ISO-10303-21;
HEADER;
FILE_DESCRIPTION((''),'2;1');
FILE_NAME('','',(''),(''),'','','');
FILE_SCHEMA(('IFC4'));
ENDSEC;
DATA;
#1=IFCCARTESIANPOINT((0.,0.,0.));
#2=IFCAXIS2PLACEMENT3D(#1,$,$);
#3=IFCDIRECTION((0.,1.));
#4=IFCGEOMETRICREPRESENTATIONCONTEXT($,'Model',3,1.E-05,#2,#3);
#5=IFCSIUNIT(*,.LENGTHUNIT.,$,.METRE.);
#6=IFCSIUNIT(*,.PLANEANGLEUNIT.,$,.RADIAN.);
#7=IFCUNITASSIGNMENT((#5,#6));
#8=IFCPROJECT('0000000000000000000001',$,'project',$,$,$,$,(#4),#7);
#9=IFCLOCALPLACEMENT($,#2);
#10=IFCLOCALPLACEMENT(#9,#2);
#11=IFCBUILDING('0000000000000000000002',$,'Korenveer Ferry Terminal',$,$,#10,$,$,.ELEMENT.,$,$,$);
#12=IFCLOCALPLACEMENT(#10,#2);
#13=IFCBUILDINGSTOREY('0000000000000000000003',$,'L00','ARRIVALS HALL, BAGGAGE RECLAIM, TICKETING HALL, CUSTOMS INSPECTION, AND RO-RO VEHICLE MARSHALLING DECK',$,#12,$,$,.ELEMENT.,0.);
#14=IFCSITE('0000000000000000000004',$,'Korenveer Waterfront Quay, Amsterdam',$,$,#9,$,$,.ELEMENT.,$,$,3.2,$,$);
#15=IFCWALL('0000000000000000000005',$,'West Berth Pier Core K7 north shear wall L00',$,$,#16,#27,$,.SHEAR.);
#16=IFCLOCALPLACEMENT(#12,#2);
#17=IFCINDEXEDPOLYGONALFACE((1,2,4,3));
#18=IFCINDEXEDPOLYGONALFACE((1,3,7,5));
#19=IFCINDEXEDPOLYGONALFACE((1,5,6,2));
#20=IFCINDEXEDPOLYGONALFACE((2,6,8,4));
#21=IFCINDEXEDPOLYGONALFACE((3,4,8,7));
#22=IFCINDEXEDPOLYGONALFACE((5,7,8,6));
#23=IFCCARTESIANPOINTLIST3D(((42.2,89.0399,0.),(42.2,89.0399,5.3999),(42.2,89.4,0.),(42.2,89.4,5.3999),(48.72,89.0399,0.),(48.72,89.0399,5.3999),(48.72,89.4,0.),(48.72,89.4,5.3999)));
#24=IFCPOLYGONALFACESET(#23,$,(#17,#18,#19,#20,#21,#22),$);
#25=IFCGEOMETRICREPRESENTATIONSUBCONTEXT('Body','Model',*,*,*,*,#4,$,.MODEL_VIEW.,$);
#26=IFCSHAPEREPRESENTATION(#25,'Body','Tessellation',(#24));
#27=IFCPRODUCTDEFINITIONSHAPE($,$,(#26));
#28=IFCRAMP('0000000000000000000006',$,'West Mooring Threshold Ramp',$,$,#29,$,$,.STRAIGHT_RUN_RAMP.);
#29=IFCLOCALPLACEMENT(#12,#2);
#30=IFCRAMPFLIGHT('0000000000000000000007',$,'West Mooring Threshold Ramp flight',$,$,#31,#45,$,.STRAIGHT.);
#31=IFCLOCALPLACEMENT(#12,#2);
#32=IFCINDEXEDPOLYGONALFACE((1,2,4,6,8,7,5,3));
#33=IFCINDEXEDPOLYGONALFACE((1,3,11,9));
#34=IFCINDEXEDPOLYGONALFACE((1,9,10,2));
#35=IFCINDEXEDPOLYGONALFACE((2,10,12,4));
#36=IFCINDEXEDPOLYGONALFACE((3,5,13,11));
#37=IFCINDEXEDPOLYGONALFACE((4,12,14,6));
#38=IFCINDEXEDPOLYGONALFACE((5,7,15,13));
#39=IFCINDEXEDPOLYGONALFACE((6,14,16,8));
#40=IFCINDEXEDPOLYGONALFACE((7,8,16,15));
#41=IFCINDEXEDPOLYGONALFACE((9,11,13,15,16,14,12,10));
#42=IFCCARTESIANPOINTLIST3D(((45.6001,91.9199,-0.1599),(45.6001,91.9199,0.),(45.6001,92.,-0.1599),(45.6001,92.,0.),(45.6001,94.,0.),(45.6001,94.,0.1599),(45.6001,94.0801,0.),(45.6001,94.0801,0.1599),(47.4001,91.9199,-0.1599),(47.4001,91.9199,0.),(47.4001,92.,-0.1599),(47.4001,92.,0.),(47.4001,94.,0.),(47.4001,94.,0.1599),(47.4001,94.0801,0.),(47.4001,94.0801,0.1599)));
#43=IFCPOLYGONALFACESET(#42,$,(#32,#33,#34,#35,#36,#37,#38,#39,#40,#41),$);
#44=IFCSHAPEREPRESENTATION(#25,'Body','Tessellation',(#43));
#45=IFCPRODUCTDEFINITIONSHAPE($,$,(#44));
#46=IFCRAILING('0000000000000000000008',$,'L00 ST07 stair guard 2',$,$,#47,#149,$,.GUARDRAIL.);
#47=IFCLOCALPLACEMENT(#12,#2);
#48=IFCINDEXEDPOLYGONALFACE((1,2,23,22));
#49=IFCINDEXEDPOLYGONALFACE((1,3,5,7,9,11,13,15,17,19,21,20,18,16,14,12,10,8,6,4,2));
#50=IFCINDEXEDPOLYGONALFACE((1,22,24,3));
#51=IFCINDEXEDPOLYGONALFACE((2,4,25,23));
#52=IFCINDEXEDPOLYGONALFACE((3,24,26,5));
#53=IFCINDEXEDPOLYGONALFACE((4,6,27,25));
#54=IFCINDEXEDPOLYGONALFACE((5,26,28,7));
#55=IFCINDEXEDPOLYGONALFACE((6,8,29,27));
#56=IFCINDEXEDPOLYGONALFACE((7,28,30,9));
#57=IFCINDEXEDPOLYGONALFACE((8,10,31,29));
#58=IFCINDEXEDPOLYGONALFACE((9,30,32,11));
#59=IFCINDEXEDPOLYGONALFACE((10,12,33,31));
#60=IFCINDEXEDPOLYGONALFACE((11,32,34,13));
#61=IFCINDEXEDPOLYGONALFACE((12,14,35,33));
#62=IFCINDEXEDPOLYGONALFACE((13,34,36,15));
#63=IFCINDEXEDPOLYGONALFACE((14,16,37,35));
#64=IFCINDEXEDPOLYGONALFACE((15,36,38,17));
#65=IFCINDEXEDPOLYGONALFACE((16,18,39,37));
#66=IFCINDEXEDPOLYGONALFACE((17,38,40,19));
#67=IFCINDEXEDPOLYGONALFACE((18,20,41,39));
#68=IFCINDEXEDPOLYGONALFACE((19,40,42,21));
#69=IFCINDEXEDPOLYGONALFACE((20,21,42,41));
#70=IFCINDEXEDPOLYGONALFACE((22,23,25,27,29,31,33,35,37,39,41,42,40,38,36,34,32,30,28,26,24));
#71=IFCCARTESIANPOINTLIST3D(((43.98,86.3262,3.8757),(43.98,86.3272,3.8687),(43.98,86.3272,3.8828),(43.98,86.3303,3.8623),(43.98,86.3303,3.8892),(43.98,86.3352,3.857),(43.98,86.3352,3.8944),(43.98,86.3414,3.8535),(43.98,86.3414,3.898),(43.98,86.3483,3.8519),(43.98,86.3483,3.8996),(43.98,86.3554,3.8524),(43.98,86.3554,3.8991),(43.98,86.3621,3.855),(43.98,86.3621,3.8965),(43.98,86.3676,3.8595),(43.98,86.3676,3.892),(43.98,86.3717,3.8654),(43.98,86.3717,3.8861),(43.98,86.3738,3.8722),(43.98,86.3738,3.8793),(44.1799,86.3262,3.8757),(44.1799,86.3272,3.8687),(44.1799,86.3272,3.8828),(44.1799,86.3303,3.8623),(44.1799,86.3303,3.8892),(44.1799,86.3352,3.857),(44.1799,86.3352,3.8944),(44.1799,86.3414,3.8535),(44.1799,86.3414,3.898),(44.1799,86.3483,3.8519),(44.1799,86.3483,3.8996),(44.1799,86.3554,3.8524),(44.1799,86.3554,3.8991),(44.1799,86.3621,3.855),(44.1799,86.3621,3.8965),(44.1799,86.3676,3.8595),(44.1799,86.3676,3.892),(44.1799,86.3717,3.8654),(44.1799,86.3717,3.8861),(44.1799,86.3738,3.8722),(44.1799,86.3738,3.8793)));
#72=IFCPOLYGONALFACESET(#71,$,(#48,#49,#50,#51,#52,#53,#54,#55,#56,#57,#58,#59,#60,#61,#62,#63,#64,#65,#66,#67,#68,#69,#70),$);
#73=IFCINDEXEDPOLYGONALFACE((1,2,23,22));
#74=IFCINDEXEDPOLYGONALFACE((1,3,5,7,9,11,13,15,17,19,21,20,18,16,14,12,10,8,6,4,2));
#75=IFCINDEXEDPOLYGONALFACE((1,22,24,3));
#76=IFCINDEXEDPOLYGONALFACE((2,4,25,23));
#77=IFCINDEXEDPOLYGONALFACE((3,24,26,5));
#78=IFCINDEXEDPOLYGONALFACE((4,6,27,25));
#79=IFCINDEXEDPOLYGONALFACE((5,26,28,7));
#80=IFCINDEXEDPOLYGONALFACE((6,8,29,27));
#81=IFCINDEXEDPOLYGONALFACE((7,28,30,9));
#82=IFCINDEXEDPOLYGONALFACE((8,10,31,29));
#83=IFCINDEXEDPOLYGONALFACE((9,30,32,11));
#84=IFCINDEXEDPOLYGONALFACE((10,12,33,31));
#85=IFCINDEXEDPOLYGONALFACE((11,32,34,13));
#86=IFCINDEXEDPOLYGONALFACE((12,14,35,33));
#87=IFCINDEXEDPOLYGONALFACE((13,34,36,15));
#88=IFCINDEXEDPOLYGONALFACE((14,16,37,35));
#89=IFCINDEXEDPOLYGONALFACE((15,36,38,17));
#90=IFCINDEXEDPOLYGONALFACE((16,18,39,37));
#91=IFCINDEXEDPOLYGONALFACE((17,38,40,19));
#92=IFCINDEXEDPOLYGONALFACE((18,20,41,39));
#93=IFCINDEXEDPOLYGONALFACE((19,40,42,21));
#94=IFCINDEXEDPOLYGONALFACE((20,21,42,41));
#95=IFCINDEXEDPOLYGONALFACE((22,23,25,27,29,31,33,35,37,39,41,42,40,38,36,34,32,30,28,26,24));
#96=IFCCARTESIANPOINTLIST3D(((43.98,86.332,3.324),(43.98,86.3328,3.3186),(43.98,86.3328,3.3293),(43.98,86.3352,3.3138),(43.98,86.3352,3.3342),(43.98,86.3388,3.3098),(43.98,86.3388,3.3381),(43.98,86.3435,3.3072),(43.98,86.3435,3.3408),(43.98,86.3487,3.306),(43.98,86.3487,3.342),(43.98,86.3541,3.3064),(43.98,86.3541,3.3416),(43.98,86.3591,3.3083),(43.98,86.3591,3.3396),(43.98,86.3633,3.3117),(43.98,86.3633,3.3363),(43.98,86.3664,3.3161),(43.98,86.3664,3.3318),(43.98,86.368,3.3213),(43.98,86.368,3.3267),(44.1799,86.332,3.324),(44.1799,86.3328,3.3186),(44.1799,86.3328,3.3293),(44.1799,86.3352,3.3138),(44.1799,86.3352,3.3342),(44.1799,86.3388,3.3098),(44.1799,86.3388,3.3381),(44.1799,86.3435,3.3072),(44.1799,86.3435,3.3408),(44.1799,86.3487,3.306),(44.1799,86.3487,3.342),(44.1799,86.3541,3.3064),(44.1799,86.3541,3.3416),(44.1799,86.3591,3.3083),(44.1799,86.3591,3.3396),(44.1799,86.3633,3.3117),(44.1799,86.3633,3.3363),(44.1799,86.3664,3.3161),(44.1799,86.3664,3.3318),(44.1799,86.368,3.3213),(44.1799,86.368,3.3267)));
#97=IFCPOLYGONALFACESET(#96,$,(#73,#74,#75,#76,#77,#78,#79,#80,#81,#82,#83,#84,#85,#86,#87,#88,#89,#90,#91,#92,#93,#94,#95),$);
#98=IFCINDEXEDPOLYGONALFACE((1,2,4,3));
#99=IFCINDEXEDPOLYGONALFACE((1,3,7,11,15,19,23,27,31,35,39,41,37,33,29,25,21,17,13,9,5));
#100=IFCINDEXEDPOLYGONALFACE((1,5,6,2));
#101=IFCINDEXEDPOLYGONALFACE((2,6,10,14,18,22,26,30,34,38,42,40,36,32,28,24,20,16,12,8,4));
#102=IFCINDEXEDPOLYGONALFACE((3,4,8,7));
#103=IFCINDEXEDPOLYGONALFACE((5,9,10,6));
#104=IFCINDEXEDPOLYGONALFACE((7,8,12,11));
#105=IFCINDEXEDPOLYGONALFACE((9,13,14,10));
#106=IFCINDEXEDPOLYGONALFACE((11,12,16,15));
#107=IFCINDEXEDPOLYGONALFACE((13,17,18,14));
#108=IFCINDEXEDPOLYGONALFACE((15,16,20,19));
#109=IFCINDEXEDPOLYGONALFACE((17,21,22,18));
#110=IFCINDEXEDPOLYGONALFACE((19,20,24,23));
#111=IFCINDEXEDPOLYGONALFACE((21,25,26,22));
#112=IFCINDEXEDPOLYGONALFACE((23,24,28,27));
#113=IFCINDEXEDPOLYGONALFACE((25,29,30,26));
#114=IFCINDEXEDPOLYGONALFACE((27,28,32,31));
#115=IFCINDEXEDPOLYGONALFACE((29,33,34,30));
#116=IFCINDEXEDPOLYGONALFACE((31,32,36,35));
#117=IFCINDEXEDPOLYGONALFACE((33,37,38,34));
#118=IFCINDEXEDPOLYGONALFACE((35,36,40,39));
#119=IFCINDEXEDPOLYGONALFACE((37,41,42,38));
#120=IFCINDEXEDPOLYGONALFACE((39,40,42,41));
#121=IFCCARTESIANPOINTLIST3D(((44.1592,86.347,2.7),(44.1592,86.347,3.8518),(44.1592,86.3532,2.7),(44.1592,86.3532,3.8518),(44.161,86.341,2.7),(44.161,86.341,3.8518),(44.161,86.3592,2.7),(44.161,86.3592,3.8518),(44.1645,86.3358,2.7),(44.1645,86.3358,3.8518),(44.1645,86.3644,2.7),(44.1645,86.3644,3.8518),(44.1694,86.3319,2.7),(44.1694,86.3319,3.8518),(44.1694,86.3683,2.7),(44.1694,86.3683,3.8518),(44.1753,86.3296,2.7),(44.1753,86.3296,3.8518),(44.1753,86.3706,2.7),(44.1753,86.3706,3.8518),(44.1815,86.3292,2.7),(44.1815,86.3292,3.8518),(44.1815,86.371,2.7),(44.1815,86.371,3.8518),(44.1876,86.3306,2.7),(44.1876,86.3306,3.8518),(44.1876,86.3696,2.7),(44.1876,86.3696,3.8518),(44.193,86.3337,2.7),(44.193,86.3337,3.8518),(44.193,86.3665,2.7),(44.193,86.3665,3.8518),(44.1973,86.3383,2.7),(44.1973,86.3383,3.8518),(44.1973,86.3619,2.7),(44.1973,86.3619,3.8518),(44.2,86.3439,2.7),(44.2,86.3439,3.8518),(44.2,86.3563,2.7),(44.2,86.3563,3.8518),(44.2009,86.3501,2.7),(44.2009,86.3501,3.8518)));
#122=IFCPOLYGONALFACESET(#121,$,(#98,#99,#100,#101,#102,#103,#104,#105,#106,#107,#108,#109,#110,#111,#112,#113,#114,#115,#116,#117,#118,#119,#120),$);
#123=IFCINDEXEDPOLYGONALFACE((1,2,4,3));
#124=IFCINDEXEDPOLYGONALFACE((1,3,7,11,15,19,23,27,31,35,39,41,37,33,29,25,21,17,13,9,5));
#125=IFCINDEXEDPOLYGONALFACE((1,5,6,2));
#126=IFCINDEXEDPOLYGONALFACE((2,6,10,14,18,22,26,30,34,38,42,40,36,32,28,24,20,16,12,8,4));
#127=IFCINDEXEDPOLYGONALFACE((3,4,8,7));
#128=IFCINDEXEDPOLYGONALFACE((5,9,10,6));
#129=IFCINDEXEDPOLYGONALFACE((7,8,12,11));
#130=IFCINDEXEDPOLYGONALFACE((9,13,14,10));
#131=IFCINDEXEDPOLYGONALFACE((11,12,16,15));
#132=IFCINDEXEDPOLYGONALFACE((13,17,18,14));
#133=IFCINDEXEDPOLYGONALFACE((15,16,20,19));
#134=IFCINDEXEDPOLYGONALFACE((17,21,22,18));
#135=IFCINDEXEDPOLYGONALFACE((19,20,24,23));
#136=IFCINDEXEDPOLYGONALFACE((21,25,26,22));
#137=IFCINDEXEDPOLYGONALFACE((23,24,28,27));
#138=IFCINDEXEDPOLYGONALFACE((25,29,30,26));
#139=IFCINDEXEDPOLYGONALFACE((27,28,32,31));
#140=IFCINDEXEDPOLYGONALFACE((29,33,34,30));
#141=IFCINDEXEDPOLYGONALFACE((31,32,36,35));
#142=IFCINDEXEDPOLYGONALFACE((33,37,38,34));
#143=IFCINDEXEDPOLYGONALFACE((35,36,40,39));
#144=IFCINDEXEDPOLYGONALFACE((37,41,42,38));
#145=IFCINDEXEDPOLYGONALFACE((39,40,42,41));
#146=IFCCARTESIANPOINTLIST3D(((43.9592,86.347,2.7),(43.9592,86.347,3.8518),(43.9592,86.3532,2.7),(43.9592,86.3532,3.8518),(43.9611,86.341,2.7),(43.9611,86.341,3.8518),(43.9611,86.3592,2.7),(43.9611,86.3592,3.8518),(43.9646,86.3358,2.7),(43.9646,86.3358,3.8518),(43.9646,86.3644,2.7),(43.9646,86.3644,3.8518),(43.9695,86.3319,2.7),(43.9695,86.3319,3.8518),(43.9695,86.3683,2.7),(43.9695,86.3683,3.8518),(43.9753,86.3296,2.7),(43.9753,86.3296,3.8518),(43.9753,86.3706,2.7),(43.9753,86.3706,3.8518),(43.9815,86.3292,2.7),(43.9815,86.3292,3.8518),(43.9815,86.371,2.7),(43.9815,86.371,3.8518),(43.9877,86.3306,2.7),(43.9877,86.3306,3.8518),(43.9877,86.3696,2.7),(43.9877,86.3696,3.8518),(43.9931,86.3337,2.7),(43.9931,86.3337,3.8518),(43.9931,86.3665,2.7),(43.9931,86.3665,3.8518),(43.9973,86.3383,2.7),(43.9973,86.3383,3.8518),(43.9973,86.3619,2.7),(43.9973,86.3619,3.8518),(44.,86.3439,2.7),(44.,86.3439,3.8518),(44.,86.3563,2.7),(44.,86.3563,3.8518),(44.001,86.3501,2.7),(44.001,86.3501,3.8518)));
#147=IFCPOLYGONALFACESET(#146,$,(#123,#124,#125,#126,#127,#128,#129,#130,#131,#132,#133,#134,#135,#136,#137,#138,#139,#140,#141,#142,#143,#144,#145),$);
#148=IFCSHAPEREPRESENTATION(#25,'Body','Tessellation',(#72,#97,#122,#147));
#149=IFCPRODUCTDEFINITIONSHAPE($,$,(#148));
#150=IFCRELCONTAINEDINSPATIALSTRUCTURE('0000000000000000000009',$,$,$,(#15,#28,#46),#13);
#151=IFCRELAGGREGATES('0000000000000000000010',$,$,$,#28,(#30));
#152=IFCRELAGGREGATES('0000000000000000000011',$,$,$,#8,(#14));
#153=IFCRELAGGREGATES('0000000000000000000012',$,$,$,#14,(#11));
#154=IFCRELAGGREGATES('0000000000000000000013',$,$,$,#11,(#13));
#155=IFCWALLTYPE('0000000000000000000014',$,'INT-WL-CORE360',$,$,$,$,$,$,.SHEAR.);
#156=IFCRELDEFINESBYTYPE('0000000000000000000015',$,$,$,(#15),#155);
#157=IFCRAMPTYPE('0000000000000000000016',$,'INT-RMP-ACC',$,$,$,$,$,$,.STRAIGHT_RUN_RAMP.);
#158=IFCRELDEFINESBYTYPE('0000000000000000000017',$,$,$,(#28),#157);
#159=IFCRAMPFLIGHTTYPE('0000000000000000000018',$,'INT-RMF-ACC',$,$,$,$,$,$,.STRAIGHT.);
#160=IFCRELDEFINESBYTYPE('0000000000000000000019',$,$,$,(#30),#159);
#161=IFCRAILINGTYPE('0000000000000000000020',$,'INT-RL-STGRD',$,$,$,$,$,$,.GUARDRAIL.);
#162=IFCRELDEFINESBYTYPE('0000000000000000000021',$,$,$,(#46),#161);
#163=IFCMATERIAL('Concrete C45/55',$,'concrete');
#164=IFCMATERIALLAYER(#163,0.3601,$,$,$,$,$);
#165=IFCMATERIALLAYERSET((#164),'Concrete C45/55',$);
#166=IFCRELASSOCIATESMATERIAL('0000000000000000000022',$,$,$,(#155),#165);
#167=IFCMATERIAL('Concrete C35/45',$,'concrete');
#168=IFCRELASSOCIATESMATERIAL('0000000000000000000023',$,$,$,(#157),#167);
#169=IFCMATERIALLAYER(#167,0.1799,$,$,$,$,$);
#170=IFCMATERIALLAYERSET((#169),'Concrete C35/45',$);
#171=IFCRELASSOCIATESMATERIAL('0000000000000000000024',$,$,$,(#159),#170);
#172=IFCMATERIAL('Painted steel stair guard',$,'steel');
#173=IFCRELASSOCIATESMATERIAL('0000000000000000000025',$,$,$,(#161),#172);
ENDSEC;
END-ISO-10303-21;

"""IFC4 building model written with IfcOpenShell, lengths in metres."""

from ifc_helpers import new_model, si_unit, direction, frame, frame_2d, origin, origin_2d, place, context, subcontext, project, spatial, polyline, rectangle, circle, outline, extrude, material, layer, layer_set, type_object, element, aggregate, save


model = new_model("IFC4")

# Units and contexts
model_context = context("Model", 3, precision=1e-05, world=origin(), true_north=direction((0.0, 1.0)))
body_context = subcontext(model_context, "Body", "Model", "MODEL_VIEW")
ifc_project = project(units=[si_unit("LENGTHUNIT", "METRE"), si_unit("PLANEANGLEUNIT", "RADIAN")], contexts=[model_context])

# Site, building, storey
site_placement = place(None, origin())
site = spatial("IfcSite", under=ifc_project, at=site_placement, Name="Korenveer Waterfront Quay, Amsterdam", CompositionType="ELEMENT", RefElevation=3.2)
building_placement = place(site_placement, origin())
building = spatial("IfcBuilding", under=site, at=building_placement, Name="Korenveer Ferry Terminal", CompositionType="ELEMENT")
storey_placement = place(building_placement, origin())
storey = spatial("IfcBuildingStorey", under=building, at=storey_placement, Name="L00", Description="ARRIVALS HALL, BAGGAGE RECLAIM, TICKETING HALL, CUSTOMS INSPECTION, AND RO-RO VEHICLE MARSHALLING DECK", CompositionType="ELEMENT", Elevation=0.0)

# Shared definitions
ifc_material_1 = material(Name="Concrete C45/55", Category="concrete")

# Wall
ifc_layer_1 = layer(ifc_material_1, 0.3601)
ifc_layer_set_1 = layer_set([ifc_layer_1], Name="Concrete C45/55")
wall_type = type_object("IfcWallType", Name="INT-WL-CORE360", PredefinedType="SHEAR", material=ifc_layer_set_1)
wall_placement = place(storey_placement, frame((42.2, 89.22, 0.0), z_axis=(0.0, 0.0, 1.0), x_axis=(1.0, 0.0, 0.0)))
element("IfcWall", 1, at=wall_placement, inside=storey, type_object=wall_type, Name="West Berth Pier Core K7 north shear wall L00", PredefinedType="SHEAR", context=body_context, shape_type="SweptSolid", body=[
    extrude(rectangle(XDim=6.52, YDim=0.3601, at=frame_2d((3.26, 0.0))), origin(), (0.0, 0.0, 1.0), 5.3999),
])

# Ramp, ramp flight
ifc_material_2 = material(Name="Concrete C35/45", Category="concrete")
ramp_type = type_object("IfcRampType", Name="INT-RMP-ACC", PredefinedType="STRAIGHT_RUN_RAMP", material=ifc_material_2)
ramp_placement = place(storey_placement, frame((46.5, 92.0, 0.0)))
ramp = element("IfcRamp", 2, at=ramp_placement, inside=storey, type_object=ramp_type, Name="West Mooring Threshold Ramp", PredefinedType="STRAIGHT_RUN_RAMP")
ifc_layer_2 = layer(ifc_material_2, 0.1799)
ifc_layer_set_2 = layer_set([ifc_layer_2], Name="Concrete C35/45")
ramp_flight_type = type_object("IfcRampFlightType", Name="INT-RMF-ACC", PredefinedType="STRAIGHT", material=ifc_layer_set_2)
ramp_flight_placement = place(storey_placement, frame((46.5, 92.0, 0.0), z_axis=(0.0, 0.0, 1.0), x_axis=(0.0, 1.0, 0.0)))
ramp_flight = element("IfcRampFlight", 3, at=ramp_flight_placement, type_object=ramp_flight_type, Name="West Mooring Threshold Ramp flight", PredefinedType="STRAIGHT", context=body_context, shape_type="SweptSolid", body=[
    extrude(outline(polyline([(-0.0801, 0.0), (0.0, 0.0), (2.0, 0.1599), (2.0801, 0.1599), (2.0801, 0.0), (2.0, 0.0), (0.0, -0.1599), (-0.0801, -0.1599), (-0.0801, 0.0)])), frame((0.0, 0.8999, 0.0), z_axis=(0.0, -1.0, 0.0), x_axis=(1.0, 0.0, 0.0)), (0.0, 0.0, 1.0), 1.8),
])
aggregate(ramp, [ramp_flight])

# Railing
ifc_material_3 = material(Name="Painted steel stair guard", Category="steel")
railing_type_1 = type_object("IfcRailingType", Name="INT-RL-STGRD", PredefinedType="GUARDRAIL", material=ifc_material_3)
railing_1_placement = place(storey_placement, frame((44.1799, 86.3501, 2.7)))
element("IfcRailing", 4, at=railing_1_placement, inside=storey, type_object=railing_type_1, Name="L00 ST07 stair guard 2", PredefinedType="GUARDRAIL", context=body_context, shape_type="SweptSolid", body=[
    extrude(circle(Radius=0.0239, at=origin_2d()), frame((0.0, 0.0, 1.1758), z_axis=(-1.0, 0.0, 0.0), x_axis=(0.0, -1.0, 0.0)), (0.0, 0.0, 1.0), 0.2),
    extrude(circle(Radius=0.0181, at=origin_2d()), frame((0.0, 0.0, 0.624), z_axis=(-1.0, 0.0, 0.0), x_axis=(0.0, -1.0, 0.0)), (0.0, 0.0, 1.0), 0.2),
    extrude(circle(Radius=0.021, at=origin_2d()), origin(), (0.0, 0.0, 1.0), 1.1519),
    extrude(circle(Radius=0.021, at=origin_2d()), frame((-0.2, 0.0, 0.0)), (0.0, 0.0, 1.0), 1.1519),
])

save(model, "model.ifc")
